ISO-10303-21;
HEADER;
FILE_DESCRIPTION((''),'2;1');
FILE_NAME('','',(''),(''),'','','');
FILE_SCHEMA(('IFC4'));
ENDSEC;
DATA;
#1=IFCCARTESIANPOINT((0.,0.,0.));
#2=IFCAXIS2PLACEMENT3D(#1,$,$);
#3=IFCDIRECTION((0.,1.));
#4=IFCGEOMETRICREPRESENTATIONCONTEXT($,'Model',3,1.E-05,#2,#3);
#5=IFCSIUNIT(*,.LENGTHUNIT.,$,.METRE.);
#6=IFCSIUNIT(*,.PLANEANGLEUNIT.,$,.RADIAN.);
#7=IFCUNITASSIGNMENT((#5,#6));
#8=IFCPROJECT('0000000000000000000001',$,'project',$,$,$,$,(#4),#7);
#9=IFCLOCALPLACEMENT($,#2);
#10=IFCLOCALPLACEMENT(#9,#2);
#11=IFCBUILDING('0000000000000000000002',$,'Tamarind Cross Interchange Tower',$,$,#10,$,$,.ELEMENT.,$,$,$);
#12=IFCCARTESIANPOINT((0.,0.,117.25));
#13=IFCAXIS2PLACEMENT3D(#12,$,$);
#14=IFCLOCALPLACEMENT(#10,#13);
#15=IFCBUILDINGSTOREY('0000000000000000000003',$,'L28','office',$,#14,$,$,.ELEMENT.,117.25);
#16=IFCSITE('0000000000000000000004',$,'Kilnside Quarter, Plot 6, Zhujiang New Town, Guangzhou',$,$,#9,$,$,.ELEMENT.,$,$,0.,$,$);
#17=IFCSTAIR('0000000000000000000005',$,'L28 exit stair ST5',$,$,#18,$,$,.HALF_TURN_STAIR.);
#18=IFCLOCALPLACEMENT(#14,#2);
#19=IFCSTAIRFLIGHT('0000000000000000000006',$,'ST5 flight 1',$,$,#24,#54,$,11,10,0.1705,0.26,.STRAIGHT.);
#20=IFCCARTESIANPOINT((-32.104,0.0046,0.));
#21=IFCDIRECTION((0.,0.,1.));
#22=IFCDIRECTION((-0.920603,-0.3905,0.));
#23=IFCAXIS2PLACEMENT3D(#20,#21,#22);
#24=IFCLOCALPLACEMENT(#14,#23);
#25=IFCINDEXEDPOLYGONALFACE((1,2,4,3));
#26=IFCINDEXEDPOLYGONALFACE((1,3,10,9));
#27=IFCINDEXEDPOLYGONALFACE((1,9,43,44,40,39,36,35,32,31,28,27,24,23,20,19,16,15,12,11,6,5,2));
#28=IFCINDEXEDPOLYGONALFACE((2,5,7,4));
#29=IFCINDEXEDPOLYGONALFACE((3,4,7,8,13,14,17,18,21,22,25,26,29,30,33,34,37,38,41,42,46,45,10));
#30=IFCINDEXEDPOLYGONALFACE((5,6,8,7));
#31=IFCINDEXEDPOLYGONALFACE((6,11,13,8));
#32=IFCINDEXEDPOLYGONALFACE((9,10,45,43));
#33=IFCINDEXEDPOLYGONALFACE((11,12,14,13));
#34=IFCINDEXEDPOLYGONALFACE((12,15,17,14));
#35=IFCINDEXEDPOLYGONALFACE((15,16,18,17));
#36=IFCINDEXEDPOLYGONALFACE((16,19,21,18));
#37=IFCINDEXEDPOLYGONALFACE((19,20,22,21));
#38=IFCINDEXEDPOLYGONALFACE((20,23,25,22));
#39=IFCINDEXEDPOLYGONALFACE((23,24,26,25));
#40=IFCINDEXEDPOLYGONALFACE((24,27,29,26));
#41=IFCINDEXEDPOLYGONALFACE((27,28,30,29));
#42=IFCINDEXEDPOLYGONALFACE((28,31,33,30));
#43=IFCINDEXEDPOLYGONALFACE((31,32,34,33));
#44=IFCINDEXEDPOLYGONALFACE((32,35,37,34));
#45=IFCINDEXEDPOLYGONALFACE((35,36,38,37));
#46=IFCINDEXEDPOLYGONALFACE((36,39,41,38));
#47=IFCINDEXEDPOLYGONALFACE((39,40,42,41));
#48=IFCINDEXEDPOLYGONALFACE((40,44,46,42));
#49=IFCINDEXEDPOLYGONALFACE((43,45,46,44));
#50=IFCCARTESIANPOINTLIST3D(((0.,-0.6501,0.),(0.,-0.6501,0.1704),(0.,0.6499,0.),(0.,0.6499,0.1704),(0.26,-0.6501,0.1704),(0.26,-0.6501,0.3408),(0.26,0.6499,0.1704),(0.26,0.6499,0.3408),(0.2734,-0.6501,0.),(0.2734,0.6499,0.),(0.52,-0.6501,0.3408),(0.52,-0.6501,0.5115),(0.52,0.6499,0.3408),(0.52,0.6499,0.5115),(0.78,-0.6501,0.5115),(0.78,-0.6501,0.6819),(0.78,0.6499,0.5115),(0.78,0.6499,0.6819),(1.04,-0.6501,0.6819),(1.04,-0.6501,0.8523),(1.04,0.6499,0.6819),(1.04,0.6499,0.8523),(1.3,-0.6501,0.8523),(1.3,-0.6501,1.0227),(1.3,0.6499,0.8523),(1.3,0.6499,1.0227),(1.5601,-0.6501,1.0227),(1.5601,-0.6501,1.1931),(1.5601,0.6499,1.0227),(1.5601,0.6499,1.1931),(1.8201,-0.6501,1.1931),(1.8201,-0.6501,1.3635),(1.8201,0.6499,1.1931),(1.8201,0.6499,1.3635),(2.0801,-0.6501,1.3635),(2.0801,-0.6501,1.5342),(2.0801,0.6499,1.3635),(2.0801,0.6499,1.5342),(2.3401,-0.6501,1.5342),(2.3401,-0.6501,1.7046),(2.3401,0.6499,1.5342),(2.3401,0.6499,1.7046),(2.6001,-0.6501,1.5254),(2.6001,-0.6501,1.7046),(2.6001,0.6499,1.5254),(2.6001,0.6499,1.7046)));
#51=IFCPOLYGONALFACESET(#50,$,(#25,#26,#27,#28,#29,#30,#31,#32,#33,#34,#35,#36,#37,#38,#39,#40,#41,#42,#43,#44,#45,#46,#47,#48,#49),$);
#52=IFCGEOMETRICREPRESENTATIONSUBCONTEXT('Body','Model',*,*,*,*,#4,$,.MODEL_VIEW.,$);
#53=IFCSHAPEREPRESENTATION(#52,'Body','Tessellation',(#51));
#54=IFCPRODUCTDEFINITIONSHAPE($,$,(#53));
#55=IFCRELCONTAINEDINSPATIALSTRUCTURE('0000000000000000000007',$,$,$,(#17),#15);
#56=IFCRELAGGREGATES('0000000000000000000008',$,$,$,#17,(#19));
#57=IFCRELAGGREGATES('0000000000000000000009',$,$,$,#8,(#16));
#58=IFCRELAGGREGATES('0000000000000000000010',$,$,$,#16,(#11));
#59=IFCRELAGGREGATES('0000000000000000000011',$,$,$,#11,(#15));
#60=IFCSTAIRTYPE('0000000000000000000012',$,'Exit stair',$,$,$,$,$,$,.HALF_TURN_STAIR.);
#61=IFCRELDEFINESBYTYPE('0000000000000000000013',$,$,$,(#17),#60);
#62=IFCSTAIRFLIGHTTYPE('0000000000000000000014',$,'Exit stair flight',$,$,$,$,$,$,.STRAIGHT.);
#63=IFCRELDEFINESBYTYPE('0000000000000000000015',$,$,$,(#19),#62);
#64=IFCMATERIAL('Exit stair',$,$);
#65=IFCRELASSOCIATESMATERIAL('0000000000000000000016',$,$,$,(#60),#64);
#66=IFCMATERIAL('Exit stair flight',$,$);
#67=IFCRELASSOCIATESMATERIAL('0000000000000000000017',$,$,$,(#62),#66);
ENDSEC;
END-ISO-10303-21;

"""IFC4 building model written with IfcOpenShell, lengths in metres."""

from ifc_helpers import new_model, si_unit, direction, frame, origin, place, context, subcontext, project, spatial, polyline, outline, extrude, material, type_object, element, aggregate, save


model = new_model("IFC4")

# Units and contexts
model_context = context("Model", 3, precision=1e-05, world=origin(), true_north=direction((0.0, 1.0)))
body_context = subcontext(model_context, "Body", "Model", "MODEL_VIEW")
ifc_project = project(units=[si_unit("LENGTHUNIT", "METRE"), si_unit("PLANEANGLEUNIT", "RADIAN")], contexts=[model_context])

# Site, building, storey
site_placement = place(None, origin())
site = spatial("IfcSite", under=ifc_project, at=site_placement, Name="Kilnside Quarter, Plot 6, Zhujiang New Town, Guangzhou", CompositionType="ELEMENT", RefElevation=0.0)
building_placement = place(site_placement, origin())
building = spatial("IfcBuilding", under=site, at=building_placement, Name="Tamarind Cross Interchange Tower", CompositionType="ELEMENT")
storey_placement = place(building_placement, frame((0.0, 0.0, 117.25)))
storey = spatial("IfcBuildingStorey", under=building, at=storey_placement, Name="L28", Description="office", CompositionType="ELEMENT", Elevation=117.25)

# Stair, stair flight
ifc_material_1 = material(Name="Exit stair")
stair_type = type_object("IfcStairType", Name="Exit stair", PredefinedType="HALF_TURN_STAIR", material=ifc_material_1)
stair_placement = place(storey_placement, origin())
stair = element("IfcStair", 1, at=stair_placement, inside=storey, type_object=stair_type, Name="L28 exit stair ST5", PredefinedType="HALF_TURN_STAIR")
ifc_material_2 = material(Name="Exit stair flight")
stair_flight_type = type_object("IfcStairFlightType", Name="Exit stair flight", PredefinedType="STRAIGHT", material=ifc_material_2)
stair_flight_placement = place(storey_placement, frame((-32.104, 0.0046, 0.0), z_axis=(0.0, 0.0, 1.0), x_axis=(-0.920603, -0.3905, 0.0)))
stair_flight = element("IfcStairFlight", 2, at=stair_flight_placement, type_object=stair_flight_type, Name="ST5 flight 1", NumberOfRisers=11, NumberOfTreads=10, PredefinedType="STRAIGHT", RiserHeight=0.1705, TreadLength=0.26, context=body_context, shape_type="SweptSolid", body=[
    extrude(outline(polyline([(0.0, 0.0), (0.0, 0.1704), (0.26, 0.1704), (0.26, 0.3408), (0.52, 0.3408), (0.52, 0.5115), (0.78, 0.5115), (0.78, 0.6819), (1.04, 0.6819), (1.04, 0.8523), (1.3, 0.8523), (1.3, 1.0227), (1.5601, 1.0227), (1.5601, 1.1931), (1.8201, 1.1931), (1.8201, 1.3635), (2.0801, 1.3635), (2.0801, 1.5342), (2.3401, 1.5342), (2.3401, 1.7046), (2.6001, 1.7046), (2.6001, 1.875), (2.6001, 1.5254), (0.2734, 0.0), (0.0, 0.0)])), frame((0.0, 0.6499, 0.0), z_axis=(0.0, -1.0, 0.0), x_axis=(1.0, 0.0, 0.0)), (0.0, 0.0, 1.0), 1.3),
])
aggregate(stair, [stair_flight])

save(model, "model.ifc")
